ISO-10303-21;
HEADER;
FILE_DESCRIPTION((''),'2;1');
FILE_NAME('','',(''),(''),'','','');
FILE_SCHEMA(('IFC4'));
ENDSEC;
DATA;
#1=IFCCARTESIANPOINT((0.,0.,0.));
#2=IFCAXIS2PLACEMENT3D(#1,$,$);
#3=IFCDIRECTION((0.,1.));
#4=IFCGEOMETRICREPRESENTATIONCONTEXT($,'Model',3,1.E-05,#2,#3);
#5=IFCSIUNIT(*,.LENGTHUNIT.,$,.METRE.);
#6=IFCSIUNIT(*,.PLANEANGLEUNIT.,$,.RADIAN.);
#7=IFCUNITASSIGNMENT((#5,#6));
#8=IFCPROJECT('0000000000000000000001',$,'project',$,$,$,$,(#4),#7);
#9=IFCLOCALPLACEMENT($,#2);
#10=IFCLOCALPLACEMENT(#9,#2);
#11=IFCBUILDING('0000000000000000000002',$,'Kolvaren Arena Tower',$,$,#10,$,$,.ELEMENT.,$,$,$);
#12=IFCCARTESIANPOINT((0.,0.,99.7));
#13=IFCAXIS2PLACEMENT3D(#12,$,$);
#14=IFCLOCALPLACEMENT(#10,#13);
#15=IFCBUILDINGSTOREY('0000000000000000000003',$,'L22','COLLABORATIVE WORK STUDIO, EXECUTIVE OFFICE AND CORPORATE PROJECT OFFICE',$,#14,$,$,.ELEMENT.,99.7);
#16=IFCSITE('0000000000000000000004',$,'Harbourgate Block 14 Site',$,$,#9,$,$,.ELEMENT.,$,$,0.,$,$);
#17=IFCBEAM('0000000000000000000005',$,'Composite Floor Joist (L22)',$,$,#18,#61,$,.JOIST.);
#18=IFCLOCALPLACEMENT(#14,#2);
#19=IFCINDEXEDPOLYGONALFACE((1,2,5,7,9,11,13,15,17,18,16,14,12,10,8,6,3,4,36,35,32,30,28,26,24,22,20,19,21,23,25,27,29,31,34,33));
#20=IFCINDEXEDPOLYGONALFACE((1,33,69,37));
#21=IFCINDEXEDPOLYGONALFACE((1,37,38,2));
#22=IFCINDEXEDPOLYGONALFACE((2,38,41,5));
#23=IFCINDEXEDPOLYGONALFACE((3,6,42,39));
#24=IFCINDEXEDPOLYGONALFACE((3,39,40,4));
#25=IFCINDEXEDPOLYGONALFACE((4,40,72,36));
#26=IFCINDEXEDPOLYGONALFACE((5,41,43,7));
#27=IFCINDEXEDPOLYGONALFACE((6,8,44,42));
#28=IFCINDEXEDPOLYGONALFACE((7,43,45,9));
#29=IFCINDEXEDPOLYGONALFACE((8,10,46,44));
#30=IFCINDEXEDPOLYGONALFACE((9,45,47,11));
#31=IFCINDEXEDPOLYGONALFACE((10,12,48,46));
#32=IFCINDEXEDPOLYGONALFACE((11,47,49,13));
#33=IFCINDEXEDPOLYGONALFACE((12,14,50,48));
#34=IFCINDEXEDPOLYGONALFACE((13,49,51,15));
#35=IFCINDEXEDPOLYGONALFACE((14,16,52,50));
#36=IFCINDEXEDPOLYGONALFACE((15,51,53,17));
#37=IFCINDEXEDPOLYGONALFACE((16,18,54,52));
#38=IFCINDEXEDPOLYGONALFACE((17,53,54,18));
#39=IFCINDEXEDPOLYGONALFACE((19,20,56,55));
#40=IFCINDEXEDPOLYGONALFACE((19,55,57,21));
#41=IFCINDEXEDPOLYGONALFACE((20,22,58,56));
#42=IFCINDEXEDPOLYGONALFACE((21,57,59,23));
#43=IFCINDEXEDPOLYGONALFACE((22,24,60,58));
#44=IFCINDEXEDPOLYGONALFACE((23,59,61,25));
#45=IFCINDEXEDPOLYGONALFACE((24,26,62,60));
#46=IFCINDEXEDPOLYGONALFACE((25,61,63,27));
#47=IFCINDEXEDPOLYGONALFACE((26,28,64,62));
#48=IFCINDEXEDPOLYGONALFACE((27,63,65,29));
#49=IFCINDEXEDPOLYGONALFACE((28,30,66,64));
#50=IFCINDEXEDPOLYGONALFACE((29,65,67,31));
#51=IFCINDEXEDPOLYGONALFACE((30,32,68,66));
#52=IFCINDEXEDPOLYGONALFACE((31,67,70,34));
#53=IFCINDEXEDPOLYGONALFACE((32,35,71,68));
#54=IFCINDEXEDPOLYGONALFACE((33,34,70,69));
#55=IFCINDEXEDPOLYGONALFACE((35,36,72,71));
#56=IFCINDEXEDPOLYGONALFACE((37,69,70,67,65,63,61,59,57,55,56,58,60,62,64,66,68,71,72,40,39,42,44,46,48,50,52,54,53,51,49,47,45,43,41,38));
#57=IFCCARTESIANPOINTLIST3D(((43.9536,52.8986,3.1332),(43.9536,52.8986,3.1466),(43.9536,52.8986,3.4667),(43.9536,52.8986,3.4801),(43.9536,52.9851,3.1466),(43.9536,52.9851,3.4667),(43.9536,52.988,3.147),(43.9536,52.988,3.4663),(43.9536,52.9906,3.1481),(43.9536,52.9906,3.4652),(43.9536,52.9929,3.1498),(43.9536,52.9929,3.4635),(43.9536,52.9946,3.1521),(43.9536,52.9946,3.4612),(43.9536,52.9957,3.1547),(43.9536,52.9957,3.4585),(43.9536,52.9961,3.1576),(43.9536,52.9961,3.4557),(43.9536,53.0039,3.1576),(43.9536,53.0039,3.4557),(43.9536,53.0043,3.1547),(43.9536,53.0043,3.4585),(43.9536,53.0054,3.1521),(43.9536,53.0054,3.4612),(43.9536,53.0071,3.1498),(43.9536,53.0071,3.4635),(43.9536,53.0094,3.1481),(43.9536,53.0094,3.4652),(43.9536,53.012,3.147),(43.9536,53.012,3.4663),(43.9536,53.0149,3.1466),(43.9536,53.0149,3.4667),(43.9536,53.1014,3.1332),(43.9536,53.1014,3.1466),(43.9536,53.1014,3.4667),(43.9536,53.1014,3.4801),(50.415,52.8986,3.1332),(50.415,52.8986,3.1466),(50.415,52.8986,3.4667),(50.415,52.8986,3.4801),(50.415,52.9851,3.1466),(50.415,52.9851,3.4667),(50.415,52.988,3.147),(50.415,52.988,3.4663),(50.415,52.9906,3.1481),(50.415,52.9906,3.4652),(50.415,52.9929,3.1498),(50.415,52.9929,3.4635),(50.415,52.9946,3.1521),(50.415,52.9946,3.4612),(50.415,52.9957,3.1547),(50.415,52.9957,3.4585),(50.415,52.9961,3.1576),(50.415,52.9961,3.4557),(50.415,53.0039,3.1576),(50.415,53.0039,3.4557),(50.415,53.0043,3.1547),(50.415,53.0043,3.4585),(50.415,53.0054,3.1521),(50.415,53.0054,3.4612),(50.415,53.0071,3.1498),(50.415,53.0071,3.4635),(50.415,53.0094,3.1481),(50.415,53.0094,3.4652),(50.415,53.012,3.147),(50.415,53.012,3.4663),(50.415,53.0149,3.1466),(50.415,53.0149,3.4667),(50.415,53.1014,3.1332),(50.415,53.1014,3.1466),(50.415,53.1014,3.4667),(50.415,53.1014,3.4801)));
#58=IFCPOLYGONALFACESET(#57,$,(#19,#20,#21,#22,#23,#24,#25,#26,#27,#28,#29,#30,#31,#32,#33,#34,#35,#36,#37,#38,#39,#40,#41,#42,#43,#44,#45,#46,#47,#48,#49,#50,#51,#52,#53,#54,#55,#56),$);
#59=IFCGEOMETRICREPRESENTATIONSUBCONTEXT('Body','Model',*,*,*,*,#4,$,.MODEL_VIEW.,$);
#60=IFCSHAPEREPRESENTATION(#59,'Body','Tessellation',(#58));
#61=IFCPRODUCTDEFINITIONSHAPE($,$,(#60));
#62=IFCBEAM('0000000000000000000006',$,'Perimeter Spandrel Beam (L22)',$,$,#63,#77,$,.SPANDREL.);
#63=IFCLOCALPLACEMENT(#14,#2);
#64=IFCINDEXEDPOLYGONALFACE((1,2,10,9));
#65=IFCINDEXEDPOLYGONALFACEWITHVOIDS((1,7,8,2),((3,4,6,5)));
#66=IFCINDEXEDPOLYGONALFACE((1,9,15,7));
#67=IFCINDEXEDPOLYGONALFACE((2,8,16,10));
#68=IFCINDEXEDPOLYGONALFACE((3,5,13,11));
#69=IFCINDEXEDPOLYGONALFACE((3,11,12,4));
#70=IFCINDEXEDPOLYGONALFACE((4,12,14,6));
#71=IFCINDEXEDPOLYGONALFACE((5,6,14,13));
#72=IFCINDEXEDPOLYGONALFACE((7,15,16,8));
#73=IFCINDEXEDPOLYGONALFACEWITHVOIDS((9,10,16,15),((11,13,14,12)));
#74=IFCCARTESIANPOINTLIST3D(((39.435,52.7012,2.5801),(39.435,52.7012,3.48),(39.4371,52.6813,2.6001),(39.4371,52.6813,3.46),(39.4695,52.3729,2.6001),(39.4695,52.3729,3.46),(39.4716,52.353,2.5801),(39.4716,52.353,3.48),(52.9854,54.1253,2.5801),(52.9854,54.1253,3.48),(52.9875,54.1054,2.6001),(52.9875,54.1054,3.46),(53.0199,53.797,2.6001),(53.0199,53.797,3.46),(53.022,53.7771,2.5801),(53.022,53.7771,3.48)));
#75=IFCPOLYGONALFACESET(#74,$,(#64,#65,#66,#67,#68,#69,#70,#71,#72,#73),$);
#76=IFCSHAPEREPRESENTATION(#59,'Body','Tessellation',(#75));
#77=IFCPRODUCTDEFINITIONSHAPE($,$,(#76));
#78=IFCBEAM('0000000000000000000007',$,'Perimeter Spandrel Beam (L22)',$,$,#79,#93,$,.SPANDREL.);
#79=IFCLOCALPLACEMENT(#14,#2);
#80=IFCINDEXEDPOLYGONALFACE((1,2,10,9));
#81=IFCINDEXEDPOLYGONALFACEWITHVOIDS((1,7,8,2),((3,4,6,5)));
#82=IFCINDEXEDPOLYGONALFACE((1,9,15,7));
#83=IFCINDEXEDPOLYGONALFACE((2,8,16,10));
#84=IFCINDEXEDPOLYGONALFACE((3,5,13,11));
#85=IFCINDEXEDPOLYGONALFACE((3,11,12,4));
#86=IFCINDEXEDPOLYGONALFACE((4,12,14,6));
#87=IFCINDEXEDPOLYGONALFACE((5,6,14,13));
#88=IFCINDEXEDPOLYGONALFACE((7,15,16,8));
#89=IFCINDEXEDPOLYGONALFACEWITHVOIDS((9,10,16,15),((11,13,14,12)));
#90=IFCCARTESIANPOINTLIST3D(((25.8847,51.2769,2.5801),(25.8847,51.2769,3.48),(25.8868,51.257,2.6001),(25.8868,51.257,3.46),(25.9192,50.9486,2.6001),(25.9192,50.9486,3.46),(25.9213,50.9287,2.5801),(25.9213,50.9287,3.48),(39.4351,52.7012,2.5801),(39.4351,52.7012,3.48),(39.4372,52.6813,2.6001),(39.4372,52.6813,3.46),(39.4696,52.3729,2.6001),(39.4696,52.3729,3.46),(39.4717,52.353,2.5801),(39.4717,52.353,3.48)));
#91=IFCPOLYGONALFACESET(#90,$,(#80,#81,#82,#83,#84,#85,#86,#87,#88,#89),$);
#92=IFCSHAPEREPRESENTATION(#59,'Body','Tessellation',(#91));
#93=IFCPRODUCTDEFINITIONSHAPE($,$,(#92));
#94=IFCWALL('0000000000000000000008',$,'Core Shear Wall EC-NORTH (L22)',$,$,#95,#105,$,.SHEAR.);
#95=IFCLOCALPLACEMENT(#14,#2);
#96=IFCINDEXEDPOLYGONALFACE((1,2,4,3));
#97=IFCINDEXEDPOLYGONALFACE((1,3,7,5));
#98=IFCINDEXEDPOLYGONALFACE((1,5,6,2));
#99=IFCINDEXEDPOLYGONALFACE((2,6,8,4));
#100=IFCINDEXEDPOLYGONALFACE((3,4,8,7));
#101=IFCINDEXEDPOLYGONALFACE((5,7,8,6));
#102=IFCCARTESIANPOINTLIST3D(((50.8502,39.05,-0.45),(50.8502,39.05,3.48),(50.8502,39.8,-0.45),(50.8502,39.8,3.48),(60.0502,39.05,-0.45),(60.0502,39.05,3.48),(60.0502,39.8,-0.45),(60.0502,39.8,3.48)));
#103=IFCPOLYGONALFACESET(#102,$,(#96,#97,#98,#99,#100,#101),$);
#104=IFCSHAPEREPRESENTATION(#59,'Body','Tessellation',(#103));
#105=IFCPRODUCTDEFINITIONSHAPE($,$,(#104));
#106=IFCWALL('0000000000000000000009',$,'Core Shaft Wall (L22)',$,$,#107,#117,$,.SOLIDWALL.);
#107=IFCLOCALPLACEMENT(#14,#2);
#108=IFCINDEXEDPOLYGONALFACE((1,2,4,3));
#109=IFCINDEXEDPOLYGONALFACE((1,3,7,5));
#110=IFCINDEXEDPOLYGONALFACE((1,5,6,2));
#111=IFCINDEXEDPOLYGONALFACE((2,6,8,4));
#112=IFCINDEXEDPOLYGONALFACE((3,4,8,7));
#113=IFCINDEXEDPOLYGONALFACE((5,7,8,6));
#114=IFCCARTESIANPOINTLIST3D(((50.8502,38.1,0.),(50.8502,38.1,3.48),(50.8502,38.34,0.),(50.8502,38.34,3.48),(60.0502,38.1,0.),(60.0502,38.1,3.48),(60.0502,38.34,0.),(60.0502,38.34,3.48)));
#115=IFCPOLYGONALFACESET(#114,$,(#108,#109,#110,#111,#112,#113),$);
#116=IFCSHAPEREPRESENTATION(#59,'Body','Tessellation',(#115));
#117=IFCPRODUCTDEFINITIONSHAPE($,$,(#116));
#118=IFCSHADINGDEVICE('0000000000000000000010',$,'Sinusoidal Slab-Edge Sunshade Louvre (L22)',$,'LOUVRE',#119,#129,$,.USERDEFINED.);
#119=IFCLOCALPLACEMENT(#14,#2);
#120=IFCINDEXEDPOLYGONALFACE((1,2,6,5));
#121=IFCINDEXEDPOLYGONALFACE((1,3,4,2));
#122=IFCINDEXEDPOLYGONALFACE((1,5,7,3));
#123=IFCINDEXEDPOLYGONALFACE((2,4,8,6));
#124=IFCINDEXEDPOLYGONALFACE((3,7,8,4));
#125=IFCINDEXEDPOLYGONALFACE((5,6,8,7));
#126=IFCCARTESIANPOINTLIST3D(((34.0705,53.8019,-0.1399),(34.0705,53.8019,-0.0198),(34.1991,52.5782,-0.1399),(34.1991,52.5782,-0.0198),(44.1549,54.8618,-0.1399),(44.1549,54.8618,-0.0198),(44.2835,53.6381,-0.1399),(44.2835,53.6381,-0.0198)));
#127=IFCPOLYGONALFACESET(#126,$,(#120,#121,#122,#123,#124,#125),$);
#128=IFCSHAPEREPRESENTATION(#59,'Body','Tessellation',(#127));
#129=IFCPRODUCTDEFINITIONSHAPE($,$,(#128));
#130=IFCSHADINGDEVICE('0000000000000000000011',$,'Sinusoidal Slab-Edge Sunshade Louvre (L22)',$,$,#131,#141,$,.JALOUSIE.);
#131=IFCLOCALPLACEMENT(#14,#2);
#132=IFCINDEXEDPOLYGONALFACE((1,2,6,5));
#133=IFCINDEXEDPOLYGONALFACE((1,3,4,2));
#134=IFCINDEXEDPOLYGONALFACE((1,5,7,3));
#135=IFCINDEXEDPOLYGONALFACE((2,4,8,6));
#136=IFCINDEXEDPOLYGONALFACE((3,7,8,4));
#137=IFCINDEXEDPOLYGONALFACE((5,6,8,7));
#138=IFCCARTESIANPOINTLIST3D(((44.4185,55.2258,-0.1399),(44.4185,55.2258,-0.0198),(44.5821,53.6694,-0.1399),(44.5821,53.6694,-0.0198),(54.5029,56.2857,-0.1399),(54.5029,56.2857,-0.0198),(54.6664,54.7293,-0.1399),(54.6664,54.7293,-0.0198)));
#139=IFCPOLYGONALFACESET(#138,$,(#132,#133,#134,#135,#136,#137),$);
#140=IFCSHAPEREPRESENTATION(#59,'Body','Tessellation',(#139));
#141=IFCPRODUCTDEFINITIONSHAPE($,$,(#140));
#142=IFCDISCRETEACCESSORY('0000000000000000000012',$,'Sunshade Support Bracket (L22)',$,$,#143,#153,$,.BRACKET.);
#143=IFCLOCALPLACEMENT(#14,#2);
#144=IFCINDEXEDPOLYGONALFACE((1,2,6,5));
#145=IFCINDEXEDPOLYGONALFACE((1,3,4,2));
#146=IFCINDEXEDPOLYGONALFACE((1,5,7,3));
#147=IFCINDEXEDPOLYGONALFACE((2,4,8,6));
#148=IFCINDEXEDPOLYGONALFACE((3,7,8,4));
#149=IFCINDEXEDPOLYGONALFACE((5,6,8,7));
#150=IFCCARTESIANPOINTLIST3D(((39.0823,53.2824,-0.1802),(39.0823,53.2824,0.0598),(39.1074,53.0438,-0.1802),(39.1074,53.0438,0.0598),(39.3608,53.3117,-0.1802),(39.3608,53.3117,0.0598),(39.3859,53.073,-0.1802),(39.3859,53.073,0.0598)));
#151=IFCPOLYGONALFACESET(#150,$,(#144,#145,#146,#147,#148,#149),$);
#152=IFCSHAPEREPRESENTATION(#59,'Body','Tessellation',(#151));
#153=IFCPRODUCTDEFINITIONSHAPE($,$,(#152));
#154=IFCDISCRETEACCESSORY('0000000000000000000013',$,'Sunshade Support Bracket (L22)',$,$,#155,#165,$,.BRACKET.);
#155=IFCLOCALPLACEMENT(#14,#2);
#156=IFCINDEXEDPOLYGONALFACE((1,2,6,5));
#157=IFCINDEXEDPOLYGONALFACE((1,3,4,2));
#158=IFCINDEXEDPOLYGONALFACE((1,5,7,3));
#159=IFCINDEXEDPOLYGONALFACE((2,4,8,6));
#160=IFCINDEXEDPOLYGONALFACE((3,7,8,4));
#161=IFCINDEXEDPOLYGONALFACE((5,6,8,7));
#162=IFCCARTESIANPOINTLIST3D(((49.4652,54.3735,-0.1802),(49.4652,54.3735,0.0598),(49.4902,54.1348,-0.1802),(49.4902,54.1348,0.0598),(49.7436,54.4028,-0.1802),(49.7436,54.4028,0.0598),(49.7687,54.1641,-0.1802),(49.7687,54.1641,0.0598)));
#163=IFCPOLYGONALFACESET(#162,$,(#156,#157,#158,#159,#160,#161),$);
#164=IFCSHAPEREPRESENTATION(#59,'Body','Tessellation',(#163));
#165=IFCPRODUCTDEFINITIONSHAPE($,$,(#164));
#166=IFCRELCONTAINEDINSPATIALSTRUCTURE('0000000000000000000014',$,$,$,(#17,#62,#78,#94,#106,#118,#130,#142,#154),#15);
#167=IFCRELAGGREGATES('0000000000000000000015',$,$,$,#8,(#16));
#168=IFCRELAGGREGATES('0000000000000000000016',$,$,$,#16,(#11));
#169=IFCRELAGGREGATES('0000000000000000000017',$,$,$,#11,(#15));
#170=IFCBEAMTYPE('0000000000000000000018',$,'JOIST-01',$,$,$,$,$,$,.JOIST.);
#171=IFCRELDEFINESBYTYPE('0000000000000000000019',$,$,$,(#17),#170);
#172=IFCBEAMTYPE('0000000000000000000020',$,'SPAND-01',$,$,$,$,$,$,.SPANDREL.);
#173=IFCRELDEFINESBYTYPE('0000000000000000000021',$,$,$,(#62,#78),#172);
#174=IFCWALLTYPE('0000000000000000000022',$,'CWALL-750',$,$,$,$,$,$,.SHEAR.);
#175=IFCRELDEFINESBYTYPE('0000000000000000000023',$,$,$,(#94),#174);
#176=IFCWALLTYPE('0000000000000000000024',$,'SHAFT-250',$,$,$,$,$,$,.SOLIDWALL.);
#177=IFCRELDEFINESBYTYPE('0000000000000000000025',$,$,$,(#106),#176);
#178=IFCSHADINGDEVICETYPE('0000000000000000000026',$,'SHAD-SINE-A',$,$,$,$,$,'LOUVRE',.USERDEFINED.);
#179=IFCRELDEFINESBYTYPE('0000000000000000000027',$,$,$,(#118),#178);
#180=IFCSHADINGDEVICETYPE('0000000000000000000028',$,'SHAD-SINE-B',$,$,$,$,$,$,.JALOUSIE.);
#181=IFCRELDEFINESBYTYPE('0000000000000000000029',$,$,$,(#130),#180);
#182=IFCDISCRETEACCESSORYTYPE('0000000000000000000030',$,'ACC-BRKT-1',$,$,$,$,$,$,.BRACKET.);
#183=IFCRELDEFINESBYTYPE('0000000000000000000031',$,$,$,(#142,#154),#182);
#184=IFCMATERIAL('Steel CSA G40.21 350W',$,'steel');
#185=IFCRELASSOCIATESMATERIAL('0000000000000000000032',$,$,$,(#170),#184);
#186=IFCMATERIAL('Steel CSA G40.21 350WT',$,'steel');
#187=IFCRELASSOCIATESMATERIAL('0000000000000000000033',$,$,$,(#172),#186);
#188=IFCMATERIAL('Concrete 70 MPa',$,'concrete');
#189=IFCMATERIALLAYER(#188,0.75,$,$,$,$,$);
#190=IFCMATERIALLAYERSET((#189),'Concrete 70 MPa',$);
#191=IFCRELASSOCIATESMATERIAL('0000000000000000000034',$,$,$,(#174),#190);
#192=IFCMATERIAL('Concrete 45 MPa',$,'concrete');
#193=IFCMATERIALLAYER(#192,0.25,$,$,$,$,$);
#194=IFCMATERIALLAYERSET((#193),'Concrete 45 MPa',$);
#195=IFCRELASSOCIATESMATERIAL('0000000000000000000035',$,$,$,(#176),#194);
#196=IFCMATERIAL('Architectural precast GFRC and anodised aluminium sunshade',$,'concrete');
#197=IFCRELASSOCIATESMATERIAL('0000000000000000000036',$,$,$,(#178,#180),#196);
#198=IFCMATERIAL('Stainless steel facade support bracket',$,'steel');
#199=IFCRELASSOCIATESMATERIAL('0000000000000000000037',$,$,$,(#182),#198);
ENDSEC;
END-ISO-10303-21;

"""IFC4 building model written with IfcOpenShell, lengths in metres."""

from ifc_helpers import new_model, si_unit, direction, frame, frame_2d, origin, origin_2d, place, context, subcontext, project, spatial, rectangle, hollow_rectangle, i_section, extrude, material, layer, layer_set, material_profile, profile_set, type_object, element, save


model = new_model("IFC4")

# Units and contexts
model_context = context("Model", 3, precision=1e-05, world=origin(), true_north=direction((0.0, 1.0)))
body_context = subcontext(model_context, "Body", "Model", "MODEL_VIEW")
ifc_project = project(units=[si_unit("LENGTHUNIT", "METRE"), si_unit("PLANEANGLEUNIT", "RADIAN")], contexts=[model_context])

# Site, building, storey
site_placement = place(None, origin())
site = spatial("IfcSite", under=ifc_project, at=site_placement, Name="Harbourgate Block 14 Site", CompositionType="ELEMENT", RefElevation=0.0)
building_placement = place(site_placement, origin())
building = spatial("IfcBuilding", under=site, at=building_placement, Name="Kolvaren Arena Tower", CompositionType="ELEMENT")
storey_placement = place(building_placement, frame((0.0, 0.0, 99.7)))
storey = spatial("IfcBuildingStorey", under=building, at=storey_placement, Name="L22", Description="COLLABORATIVE WORK STUDIO, EXECUTIVE OFFICE AND CORPORATE PROJECT OFFICE", CompositionType="ELEMENT", Elevation=99.7)

# Beams
ifc_material_1 = material(Name="Steel CSA G40.21 350W", Category="steel")
ifc_material_profile_1 = material_profile(ifc_material_1, i_section(OverallWidth=0.2029, OverallDepth=0.3469, WebThickness=0.0078, FlangeThickness=0.0134, FilletRadius=0.011, at=origin_2d()), Name="W360x64")
ifc_profile_set_1 = profile_set([ifc_material_profile_1], Name="Steel CSA G40.21 350W")
beam_type_1 = type_object("IfcBeamType", Name="JOIST-01", PredefinedType="JOIST", material=ifc_profile_set_1)
beam_1_placement = place(storey_placement, frame((43.9536, 53.0, 3.3066), z_axis=(1.0, 0.0, 0.0), x_axis=(0.0, 1.0, 0.0)))
element("IfcBeam", 1, at=beam_1_placement, inside=storey, type_object=beam_type_1, Name="Composite Floor Joist (L22)", PredefinedType="JOIST", context=body_context, shape_type="SweptSolid", body=[
    extrude(i_section(OverallWidth=0.2029, OverallDepth=0.3469, WebThickness=0.0078, FlangeThickness=0.0134, FilletRadius=0.011, at=origin_2d()), origin(), (0.0, 0.0, 1.0), 6.4614),
])
ifc_material_2 = material(Name="Steel CSA G40.21 350WT", Category="steel")
ifc_material_profile_2 = material_profile(ifc_material_2, hollow_rectangle(XDim=0.3501, YDim=0.8999, WallThickness=0.02, at=origin_2d()), Name="HSS 900x350x20")
ifc_profile_set_2 = profile_set([ifc_material_profile_2], Name="Steel CSA G40.21 350WT")
beam_type_2 = type_object("IfcBeamType", Name="SPAND-01", PredefinedType="SPANDREL", material=ifc_profile_set_2)
for number, where, z_axis, x_axis, name in (
    (2, (53.0037, 53.9512, 3.03), (-0.994523, -0.10452, 0.0), (0.10452, -0.994523, 0.0), "Perimeter Spandrel Beam (L22)"),
    (3, (39.4534, 52.5271, 3.03), (-0.994521, -0.104537, 0.0), (0.104537, -0.994521, 0.0), "Perimeter Spandrel Beam (L22)"),
):
    element("IfcBeam", number, at=place(storey_placement, frame(where, z_axis=z_axis, x_axis=x_axis)), inside=storey, type_object=beam_type_2, Name=name, PredefinedType="SPANDREL", context=body_context, shape_type="SweptSolid", body=[
        extrude(hollow_rectangle(XDim=0.3501, YDim=0.8999, WallThickness=0.02, at=origin_2d()), origin(), (0.0, 0.0, 1.0), 13.625),
    ])

# Walls
ifc_material_3 = material(Name="Concrete 70 MPa", Category="concrete")
ifc_layer_1 = layer(ifc_material_3, 0.75)
ifc_layer_set_1 = layer_set([ifc_layer_1], Name="Concrete 70 MPa")
wall_type_1 = type_object("IfcWallType", Name="CWALL-750", PredefinedType="SHEAR", material=ifc_layer_set_1)
wall_1_placement = place(storey_placement, frame((50.8501, 39.425, -0.45), z_axis=(0.0, 0.0, 1.0), x_axis=(1.0, 0.0, 0.0)))
element("IfcWall", 4, at=wall_1_placement, inside=storey, type_object=wall_type_1, Name="Core Shear Wall EC-NORTH (L22)", PredefinedType="SHEAR", context=body_context, shape_type="SweptSolid", body=[
    extrude(rectangle(XDim=9.2, YDim=0.75, at=frame_2d((4.6001, 0.0))), origin(), (0.0, 0.0, 1.0), 3.9299),
])
ifc_material_4 = material(Name="Concrete 45 MPa", Category="concrete")
ifc_layer_2 = layer(ifc_material_4, 0.25)
ifc_layer_set_2 = layer_set([ifc_layer_2], Name="Concrete 45 MPa")
wall_type_2 = type_object("IfcWallType", Name="SHAFT-250", PredefinedType="SOLIDWALL", material=ifc_layer_set_2)
wall_2_placement = place(storey_placement, frame((50.8501, 38.22, 0.0), z_axis=(0.0, 0.0, 1.0), x_axis=(1.0, 0.0, 0.0)))
element("IfcWall", 5, at=wall_2_placement, inside=storey, type_object=wall_type_2, Name="Core Shaft Wall (L22)", PredefinedType="SOLIDWALL", context=body_context, shape_type="SweptSolid", body=[
    extrude(rectangle(XDim=9.2, YDim=0.24, at=frame_2d((4.6001, 0.0))), origin(), (0.0, 0.0, 1.0), 3.48),
])

# Shading devices
ifc_material_5 = material(Name="Architectural precast GFRC and anodised aluminium sunshade", Category="concrete")
shading_device_type_1 = type_object("IfcShadingDeviceType", Name="SHAD-SINE-A", ElementType="LOUVRE", PredefinedType="USERDEFINED", material=ifc_material_5)
shading_device_1_placement = place(storey_placement, frame((39.177, 53.72, -0.1399), z_axis=(0.0, 0.0, 1.0), x_axis=(0.994522, 0.104527, 0.0)))
element("IfcShadingDevice", 6, at=shading_device_1_placement, inside=storey, type_object=shading_device_type_1, Name="Sinusoidal Slab-Edge Sunshade Louvre (L22)", ObjectType="LOUVRE", PredefinedType="USERDEFINED", context=body_context, shape_type="SweptSolid", body=[
    extrude(rectangle(XDim=10.1399, YDim=1.2305, at=origin_2d()), origin(), (0.0, 0.0, 1.0), 0.1201),
])
shading_device_type_2 = type_object("IfcShadingDeviceType", Name="SHAD-SINE-B", PredefinedType="JALOUSIE", material=ifc_material_5)
shading_device_2_placement = place(storey_placement, frame((49.5425, 54.9775, -0.1399), z_axis=(0.0, 0.0, 1.0), x_axis=(0.994522, 0.104527, 0.0)))
element("IfcShadingDevice", 7, at=shading_device_2_placement, inside=storey, type_object=shading_device_type_2, Name="Sinusoidal Slab-Edge Sunshade Louvre (L22)", PredefinedType="JALOUSIE", context=body_context, shape_type="SweptSolid", body=[
    extrude(rectangle(XDim=10.1399, YDim=1.5649, at=origin_2d()), origin(), (0.0, 0.0, 1.0), 0.1201),
])

# Discrete accessories
ifc_material_6 = material(Name="Stainless steel facade support bracket", Category="steel")
discrete_accessory_type = type_object("IfcDiscreteAccessoryType", Name="ACC-BRKT-1", PredefinedType="BRACKET", material=ifc_material_6)
for number, where, z_axis, x_axis, name in (
    (8, (39.2341, 53.1777, -0.1802), (0.0, 0.0, 1.0), (0.994522, 0.104527, 0.0), "Sunshade Support Bracket (L22)"),
    (9, (49.6169, 54.2688, -0.1802), (0.0, 0.0, 1.0), (0.994522, 0.104527, 0.0), "Sunshade Support Bracket (L22)"),
):
    element("IfcDiscreteAccessory", number, at=place(storey_placement, frame(where, z_axis=z_axis, x_axis=x_axis)), inside=storey, type_object=discrete_accessory_type, Name=name, PredefinedType="BRACKET", context=body_context, shape_type="SweptSolid", body=[
        extrude(rectangle(XDim=0.28, YDim=0.24, at=origin_2d()), origin(), (0.0, 0.0, 1.0), 0.24),
    ])

save(model, "model.ifc")
